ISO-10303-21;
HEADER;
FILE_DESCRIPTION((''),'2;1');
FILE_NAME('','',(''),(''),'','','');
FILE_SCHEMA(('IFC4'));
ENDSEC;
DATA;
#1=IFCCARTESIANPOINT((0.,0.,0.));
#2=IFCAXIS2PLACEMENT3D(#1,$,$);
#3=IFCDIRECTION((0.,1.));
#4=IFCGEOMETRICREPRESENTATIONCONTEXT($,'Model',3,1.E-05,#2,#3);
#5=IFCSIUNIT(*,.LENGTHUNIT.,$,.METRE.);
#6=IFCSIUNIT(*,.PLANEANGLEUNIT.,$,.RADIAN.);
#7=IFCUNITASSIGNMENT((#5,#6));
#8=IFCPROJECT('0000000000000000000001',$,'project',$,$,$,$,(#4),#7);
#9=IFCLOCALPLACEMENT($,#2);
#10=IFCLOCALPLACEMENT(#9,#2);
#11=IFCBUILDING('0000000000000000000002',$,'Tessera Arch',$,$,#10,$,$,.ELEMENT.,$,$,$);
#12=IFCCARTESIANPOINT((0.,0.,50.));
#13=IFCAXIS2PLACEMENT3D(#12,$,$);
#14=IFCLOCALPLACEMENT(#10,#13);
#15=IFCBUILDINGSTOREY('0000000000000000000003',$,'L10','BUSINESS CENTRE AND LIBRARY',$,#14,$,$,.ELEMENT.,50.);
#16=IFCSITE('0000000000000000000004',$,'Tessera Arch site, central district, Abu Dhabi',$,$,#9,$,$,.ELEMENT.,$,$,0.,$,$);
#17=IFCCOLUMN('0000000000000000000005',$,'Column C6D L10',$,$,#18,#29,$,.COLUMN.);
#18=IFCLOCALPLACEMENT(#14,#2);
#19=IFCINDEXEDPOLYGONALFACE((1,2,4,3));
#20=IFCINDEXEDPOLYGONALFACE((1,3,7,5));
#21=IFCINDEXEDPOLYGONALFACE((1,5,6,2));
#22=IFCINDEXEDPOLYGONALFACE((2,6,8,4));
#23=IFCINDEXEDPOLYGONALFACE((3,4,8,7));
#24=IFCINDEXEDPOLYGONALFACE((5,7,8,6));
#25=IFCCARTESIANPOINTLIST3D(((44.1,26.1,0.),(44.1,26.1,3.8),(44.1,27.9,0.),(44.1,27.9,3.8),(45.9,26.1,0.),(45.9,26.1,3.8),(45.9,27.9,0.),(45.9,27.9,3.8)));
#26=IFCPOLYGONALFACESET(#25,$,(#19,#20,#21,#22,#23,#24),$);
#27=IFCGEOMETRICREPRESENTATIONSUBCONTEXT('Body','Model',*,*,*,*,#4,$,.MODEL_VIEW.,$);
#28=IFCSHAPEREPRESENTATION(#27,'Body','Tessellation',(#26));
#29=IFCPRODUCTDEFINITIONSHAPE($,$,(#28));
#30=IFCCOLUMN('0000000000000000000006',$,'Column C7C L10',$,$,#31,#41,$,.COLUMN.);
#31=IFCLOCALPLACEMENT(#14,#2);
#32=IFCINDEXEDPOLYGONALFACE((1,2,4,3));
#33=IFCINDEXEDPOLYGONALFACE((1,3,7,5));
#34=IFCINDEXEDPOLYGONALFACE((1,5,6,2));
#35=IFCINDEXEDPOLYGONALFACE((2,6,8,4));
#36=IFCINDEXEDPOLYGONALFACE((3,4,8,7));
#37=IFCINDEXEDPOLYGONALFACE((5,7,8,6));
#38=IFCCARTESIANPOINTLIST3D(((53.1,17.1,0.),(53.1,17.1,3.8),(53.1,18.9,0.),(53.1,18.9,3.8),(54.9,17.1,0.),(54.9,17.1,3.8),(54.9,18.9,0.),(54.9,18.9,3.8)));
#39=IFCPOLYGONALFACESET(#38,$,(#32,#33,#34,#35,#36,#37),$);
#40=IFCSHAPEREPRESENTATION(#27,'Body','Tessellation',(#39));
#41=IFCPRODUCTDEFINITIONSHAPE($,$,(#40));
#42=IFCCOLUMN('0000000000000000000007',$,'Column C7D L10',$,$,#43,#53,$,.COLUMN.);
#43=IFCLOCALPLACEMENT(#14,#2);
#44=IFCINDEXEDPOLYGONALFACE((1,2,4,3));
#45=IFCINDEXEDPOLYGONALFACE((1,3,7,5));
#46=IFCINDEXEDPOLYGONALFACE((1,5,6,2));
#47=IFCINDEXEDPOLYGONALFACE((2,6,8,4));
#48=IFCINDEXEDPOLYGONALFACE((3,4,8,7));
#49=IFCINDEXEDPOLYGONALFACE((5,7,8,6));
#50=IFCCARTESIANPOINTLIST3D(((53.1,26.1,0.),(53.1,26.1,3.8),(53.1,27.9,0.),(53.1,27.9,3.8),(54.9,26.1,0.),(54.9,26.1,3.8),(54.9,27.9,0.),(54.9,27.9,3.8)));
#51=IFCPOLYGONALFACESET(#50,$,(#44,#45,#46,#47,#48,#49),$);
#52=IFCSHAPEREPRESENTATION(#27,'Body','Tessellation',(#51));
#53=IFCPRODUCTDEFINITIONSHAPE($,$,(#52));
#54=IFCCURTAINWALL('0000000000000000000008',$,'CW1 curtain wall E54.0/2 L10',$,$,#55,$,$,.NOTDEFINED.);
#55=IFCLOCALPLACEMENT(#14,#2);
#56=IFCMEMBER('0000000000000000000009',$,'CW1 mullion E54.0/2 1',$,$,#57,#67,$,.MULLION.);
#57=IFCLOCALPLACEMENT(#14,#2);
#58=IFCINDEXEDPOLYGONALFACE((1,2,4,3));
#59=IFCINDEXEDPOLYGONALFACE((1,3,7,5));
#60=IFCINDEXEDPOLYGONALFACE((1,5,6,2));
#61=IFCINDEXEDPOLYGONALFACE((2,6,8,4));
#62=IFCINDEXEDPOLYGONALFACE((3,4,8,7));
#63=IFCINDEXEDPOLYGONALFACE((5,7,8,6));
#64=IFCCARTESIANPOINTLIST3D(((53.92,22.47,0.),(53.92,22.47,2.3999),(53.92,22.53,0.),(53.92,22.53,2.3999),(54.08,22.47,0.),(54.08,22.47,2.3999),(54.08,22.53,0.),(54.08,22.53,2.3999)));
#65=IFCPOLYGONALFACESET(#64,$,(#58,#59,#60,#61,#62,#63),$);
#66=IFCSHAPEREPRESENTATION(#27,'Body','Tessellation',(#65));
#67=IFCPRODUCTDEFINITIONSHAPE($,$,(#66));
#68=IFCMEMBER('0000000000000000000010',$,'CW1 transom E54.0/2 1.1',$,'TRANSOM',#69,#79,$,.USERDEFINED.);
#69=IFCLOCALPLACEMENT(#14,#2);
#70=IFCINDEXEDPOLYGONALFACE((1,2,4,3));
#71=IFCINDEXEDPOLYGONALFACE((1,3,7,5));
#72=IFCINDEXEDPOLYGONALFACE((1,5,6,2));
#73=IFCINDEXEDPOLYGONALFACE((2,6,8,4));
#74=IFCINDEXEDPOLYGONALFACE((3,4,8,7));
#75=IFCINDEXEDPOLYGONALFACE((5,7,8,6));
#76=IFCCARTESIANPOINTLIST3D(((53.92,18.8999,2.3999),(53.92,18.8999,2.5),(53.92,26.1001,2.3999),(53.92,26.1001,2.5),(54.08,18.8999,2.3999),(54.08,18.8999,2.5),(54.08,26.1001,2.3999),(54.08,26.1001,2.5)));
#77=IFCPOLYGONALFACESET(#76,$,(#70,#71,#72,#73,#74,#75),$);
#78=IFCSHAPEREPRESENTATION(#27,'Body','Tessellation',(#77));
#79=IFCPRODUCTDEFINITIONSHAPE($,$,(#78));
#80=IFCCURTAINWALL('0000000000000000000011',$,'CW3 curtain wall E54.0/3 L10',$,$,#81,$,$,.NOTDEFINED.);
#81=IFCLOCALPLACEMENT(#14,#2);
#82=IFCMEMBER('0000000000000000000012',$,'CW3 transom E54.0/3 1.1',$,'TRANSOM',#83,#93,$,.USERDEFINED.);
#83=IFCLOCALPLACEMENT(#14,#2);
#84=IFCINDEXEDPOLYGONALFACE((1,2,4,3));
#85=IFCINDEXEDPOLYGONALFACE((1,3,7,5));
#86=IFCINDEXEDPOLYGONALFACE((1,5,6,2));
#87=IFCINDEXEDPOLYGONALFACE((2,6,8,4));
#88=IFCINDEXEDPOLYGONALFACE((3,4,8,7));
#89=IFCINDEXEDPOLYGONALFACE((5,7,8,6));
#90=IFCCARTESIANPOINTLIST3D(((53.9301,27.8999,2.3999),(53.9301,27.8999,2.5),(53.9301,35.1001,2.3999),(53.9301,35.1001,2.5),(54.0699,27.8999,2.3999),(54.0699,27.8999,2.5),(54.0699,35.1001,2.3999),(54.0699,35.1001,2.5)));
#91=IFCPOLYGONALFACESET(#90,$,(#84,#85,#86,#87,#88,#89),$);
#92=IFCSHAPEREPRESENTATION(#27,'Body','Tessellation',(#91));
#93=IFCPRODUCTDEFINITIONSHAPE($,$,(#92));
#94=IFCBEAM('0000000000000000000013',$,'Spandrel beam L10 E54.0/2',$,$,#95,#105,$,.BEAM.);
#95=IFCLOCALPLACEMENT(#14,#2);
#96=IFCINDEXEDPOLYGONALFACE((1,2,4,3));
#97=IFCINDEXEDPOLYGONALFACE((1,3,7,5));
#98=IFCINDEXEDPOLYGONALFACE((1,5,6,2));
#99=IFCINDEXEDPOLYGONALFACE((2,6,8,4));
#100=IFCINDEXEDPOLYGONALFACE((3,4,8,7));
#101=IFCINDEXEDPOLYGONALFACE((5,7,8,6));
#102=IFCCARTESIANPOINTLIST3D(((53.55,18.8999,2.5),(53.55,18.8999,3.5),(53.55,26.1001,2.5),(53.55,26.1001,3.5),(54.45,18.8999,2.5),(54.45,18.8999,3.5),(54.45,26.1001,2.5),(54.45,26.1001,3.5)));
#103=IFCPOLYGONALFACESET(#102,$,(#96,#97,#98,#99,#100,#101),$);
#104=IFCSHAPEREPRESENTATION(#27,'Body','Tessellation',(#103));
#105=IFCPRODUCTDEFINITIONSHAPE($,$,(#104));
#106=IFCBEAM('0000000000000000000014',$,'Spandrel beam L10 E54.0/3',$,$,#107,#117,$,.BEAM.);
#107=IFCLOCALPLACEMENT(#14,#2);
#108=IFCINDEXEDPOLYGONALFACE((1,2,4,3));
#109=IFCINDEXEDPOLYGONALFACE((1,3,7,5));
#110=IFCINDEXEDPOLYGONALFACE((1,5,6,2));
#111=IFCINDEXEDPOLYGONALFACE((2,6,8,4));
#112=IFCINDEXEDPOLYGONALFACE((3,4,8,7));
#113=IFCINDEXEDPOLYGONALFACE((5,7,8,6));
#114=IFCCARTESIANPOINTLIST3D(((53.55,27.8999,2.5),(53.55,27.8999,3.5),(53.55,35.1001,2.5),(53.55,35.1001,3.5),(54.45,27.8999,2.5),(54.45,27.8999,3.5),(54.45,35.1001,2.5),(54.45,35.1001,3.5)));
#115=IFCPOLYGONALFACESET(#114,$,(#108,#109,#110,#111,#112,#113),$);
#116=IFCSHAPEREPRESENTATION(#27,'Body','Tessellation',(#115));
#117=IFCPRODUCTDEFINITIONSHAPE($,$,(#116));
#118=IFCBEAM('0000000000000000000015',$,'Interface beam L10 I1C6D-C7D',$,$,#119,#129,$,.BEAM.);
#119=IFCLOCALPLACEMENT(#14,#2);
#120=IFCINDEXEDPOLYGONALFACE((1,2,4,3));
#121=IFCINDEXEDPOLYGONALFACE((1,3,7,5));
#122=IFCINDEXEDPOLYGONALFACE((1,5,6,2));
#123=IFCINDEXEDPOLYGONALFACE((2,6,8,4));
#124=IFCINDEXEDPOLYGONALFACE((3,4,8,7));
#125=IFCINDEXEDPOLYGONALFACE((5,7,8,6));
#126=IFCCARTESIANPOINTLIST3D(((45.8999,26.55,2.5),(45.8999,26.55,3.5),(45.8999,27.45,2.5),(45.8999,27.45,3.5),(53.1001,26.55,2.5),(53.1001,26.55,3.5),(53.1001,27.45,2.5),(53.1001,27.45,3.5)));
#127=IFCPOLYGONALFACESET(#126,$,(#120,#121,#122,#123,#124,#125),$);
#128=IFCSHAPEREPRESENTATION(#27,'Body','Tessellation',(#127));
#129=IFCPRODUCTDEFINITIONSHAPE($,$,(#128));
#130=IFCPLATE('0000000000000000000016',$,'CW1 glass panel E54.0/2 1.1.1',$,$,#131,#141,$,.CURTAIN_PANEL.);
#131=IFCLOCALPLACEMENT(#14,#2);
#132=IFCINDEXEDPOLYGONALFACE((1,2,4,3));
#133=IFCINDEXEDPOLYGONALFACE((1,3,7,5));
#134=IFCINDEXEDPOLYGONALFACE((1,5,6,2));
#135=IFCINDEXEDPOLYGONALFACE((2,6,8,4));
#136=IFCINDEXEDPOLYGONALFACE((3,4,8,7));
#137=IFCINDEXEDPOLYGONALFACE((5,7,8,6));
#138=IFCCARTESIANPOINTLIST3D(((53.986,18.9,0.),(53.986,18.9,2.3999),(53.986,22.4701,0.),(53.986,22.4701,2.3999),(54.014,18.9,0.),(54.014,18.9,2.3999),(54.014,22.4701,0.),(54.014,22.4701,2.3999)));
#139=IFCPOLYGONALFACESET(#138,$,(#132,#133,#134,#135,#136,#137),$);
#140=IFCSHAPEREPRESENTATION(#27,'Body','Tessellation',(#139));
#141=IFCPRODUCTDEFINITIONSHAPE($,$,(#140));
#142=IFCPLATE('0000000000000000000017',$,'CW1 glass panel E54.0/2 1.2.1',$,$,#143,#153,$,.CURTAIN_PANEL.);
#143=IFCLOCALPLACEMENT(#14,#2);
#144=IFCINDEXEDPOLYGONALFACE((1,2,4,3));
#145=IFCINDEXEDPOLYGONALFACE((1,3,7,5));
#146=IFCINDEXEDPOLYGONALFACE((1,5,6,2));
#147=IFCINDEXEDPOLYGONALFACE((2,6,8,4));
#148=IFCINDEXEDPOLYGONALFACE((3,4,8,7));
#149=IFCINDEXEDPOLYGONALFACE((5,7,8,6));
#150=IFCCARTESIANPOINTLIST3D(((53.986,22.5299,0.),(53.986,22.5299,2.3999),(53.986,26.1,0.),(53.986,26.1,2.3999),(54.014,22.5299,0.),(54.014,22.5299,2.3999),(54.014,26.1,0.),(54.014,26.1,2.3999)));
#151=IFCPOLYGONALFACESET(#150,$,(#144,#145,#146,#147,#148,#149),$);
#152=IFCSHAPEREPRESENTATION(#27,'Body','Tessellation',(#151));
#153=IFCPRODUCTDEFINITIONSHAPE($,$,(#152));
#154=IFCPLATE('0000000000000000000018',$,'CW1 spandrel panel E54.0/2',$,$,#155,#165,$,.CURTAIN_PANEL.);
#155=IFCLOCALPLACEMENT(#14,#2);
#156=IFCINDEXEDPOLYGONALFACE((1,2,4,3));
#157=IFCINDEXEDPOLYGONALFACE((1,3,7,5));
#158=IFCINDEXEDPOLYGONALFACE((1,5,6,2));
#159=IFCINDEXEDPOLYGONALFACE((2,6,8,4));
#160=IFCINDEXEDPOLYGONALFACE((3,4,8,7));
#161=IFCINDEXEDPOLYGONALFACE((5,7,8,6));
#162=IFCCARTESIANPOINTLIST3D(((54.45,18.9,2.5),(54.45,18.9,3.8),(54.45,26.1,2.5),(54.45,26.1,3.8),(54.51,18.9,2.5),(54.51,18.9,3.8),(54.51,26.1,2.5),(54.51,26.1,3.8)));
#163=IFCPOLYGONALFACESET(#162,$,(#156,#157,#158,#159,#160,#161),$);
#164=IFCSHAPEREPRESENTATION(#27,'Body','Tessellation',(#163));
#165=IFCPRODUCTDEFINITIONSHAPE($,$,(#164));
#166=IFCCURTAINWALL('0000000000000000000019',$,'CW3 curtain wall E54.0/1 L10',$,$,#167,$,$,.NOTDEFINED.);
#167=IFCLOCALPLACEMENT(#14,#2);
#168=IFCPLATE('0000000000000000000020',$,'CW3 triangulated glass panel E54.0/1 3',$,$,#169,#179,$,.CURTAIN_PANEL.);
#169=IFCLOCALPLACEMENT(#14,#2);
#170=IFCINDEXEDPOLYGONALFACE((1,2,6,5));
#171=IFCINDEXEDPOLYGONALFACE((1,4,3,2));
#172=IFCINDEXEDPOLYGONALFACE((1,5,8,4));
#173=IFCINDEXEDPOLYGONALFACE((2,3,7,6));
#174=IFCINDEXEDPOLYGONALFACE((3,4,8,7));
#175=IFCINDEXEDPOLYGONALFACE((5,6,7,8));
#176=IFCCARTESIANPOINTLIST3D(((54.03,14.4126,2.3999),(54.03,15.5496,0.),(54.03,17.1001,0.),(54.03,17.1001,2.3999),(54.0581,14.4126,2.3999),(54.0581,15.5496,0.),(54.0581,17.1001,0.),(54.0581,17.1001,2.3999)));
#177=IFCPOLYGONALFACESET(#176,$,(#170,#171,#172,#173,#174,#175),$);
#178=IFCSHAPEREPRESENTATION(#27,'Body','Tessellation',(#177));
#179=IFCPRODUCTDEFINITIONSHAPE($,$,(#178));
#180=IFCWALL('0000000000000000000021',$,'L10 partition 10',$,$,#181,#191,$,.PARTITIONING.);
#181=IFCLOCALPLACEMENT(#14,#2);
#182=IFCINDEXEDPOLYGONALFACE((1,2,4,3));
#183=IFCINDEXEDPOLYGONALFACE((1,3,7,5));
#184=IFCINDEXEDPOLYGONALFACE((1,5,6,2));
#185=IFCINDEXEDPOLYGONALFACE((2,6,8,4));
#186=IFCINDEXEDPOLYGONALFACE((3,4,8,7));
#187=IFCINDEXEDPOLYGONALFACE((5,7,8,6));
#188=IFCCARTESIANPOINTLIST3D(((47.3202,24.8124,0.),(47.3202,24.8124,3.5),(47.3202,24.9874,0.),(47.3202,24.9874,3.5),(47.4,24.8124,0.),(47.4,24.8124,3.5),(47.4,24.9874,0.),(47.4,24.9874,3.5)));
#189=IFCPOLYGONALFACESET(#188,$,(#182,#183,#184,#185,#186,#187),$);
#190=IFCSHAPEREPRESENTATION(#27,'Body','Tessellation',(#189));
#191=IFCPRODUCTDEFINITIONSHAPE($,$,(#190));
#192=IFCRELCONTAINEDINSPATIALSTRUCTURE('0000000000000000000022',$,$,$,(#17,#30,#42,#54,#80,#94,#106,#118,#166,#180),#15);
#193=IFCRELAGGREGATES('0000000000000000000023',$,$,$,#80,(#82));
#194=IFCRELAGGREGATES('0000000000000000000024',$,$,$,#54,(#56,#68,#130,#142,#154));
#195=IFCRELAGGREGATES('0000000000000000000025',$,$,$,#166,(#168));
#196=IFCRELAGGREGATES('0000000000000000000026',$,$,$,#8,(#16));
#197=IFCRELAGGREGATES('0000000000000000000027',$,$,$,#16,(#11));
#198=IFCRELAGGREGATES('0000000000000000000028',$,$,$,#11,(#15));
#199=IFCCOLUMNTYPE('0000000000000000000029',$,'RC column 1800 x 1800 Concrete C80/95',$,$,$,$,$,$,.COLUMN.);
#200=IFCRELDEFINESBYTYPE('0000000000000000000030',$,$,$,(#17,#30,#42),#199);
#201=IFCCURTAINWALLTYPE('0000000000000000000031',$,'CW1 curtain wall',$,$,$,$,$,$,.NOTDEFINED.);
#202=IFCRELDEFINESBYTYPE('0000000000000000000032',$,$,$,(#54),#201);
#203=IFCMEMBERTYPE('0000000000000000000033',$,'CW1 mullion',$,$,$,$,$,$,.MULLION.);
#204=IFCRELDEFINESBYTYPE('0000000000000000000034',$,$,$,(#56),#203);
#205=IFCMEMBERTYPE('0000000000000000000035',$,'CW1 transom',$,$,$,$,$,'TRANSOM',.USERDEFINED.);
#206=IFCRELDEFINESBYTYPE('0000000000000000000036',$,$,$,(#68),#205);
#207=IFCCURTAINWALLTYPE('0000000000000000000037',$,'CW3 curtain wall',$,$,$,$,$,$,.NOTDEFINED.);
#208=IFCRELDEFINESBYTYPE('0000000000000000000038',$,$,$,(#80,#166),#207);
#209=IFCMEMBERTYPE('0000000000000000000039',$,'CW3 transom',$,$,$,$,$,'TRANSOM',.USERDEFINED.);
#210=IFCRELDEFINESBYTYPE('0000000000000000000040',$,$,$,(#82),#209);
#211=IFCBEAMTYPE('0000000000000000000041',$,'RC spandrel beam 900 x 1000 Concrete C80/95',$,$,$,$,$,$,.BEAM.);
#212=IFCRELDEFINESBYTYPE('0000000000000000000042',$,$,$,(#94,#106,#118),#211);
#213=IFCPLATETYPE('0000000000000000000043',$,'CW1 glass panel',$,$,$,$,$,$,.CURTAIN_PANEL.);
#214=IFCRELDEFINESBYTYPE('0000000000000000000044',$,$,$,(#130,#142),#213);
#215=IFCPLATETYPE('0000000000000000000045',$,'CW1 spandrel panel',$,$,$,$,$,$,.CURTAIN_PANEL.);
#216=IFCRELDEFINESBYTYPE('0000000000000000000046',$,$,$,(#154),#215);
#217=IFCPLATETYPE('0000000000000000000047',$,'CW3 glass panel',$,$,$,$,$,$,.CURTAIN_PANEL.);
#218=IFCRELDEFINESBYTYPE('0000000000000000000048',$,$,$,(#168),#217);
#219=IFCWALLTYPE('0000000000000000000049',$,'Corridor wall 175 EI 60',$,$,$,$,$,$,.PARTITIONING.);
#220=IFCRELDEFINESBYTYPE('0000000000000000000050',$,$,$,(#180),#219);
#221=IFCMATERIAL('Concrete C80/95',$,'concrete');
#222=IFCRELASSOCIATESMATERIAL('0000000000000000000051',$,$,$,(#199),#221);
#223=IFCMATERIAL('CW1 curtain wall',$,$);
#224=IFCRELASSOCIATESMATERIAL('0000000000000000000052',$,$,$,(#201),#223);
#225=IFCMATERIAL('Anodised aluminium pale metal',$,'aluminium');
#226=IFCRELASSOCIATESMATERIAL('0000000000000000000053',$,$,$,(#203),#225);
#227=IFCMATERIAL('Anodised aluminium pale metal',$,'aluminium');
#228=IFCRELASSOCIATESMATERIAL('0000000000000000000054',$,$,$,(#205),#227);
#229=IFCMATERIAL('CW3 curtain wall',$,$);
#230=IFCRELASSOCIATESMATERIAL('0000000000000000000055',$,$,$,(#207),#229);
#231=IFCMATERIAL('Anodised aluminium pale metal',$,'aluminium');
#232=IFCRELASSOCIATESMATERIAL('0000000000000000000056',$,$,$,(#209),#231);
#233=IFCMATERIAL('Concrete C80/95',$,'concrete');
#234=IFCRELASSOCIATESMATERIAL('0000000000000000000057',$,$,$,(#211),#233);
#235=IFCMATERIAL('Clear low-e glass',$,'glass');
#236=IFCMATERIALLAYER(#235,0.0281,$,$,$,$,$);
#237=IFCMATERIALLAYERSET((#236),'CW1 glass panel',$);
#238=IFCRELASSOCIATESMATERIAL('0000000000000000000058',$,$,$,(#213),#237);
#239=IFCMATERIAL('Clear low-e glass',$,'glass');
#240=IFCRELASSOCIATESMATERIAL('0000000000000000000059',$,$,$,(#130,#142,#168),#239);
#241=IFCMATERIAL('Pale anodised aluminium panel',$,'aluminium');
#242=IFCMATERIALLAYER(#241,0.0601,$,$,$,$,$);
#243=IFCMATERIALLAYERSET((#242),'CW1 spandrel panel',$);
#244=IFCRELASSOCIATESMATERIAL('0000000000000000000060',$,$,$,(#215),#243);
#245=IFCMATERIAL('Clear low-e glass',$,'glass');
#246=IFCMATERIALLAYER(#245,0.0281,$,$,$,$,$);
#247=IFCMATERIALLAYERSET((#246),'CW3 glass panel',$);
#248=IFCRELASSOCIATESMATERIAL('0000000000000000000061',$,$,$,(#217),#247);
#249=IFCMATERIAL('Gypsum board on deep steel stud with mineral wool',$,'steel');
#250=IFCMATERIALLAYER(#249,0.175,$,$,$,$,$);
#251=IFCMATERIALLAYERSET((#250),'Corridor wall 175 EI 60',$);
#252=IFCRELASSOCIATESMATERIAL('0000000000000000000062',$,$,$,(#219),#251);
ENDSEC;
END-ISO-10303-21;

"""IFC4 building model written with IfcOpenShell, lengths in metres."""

from ifc_helpers import new_model, si_unit, direction, frame, frame_2d, origin, origin_2d, place, context, subcontext, project, spatial, polyline, rectangle, outline, extrude, material, layer, layer_set, material_profile, profile_set, type_object, element, aggregate, save


model = new_model("IFC4")

# Units and contexts
model_context = context("Model", 3, precision=1e-05, world=origin(), true_north=direction((0.0, 1.0)))
body_context = subcontext(model_context, "Body", "Model", "MODEL_VIEW")
ifc_project = project(units=[si_unit("LENGTHUNIT", "METRE"), si_unit("PLANEANGLEUNIT", "RADIAN")], contexts=[model_context])

# Site, building, storey
site_placement = place(None, origin())
site = spatial("IfcSite", under=ifc_project, at=site_placement, Name="Tessera Arch site, central district, Abu Dhabi", CompositionType="ELEMENT", RefElevation=0.0)
building_placement = place(site_placement, origin())
building = spatial("IfcBuilding", under=site, at=building_placement, Name="Tessera Arch", CompositionType="ELEMENT")
storey_placement = place(building_placement, frame((0.0, 0.0, 50.0)))
storey = spatial("IfcBuildingStorey", under=building, at=storey_placement, Name="L10", Description="BUSINESS CENTRE AND LIBRARY", CompositionType="ELEMENT", Elevation=50.0)

# Columns
ifc_material_1 = material(Name="Concrete C80/95", Category="concrete")
ifc_material_profile_1 = material_profile(ifc_material_1, rectangle(XDim=1.8, YDim=1.8, at=origin_2d()), Name="RC column 1800 x 1800 Concrete C80/95")
ifc_profile_set_1 = profile_set([ifc_material_profile_1], Name="Concrete C80/95")
column_type = type_object("IfcColumnType", Name="RC column 1800 x 1800 Concrete C80/95", PredefinedType="COLUMN", material=ifc_profile_set_1)
for number, where, z_axis, x_axis, name in (
    (1, (45.0, 27.0, 0.0), (0.0, 0.0, 1.0), (1.0, 0.0, 0.0), "Column C6D L10"),
    (2, (54.0, 18.0, 0.0), (0.0, 0.0, 1.0), (1.0, 0.0, 0.0), "Column C7C L10"),
    (3, (54.0, 27.0, 0.0), (0.0, 0.0, 1.0), (1.0, 0.0, 0.0), "Column C7D L10"),
):
    element("IfcColumn", number, at=place(storey_placement, frame(where, z_axis=z_axis, x_axis=x_axis)), inside=storey, type_object=column_type, Name=name, PredefinedType="COLUMN", context=body_context, shape_type="SweptSolid", body=[
        extrude(rectangle(XDim=1.8, YDim=1.8, at=origin_2d()), origin(), (0.0, 0.0, 1.0), 3.8),
    ])

# Curtain wall, members
ifc_material_2 = material(Name="CW1 curtain wall")
curtain_wall_type_1 = type_object("IfcCurtainWallType", Name="CW1 curtain wall", PredefinedType="NOTDEFINED", material=ifc_material_2)
curtain_wall_1_placement = place(storey_placement, origin())
curtain_wall_1 = element("IfcCurtainWall", 4, at=curtain_wall_1_placement, inside=storey, type_object=curtain_wall_type_1, Name="CW1 curtain wall E54.0/2 L10", PredefinedType="NOTDEFINED")
ifc_material_3 = material(Name="Anodised aluminium pale metal", Category="aluminium")
ifc_material_profile_2 = material_profile(ifc_material_3, rectangle(XDim=0.1599, YDim=0.0601, at=origin_2d()), Name="AL 60x160")
ifc_profile_set_2 = profile_set([ifc_material_profile_2], Name="Anodised aluminium pale metal")
member_type_1 = type_object("IfcMemberType", Name="CW1 mullion", PredefinedType="MULLION", material=ifc_profile_set_2)
member_1_placement = place(storey_placement, frame((54.0, 22.5, 0.0), z_axis=(0.0, 0.0, 1.0), x_axis=(-1.0, 0.0, 0.0)))
member_1 = element("IfcMember", 5, at=member_1_placement, type_object=member_type_1, Name="CW1 mullion E54.0/2 1", PredefinedType="MULLION", context=body_context, shape_type="SweptSolid", body=[
    extrude(rectangle(XDim=0.1599, YDim=0.0601, at=origin_2d()), origin(), (0.0, 0.0, 1.0), 2.3999),
])
ifc_material_4 = material(Name="Anodised aluminium pale metal", Category="aluminium")
ifc_material_profile_3 = material_profile(ifc_material_4, rectangle(XDim=0.1599, YDim=0.1001, at=origin_2d()), Name="AL 160x100")
ifc_profile_set_3 = profile_set([ifc_material_profile_3], Name="Anodised aluminium pale metal")
member_type_2 = type_object("IfcMemberType", Name="CW1 transom", ElementType="TRANSOM", PredefinedType="USERDEFINED", material=ifc_profile_set_3)
member_2_placement = place(storey_placement, frame((54.0, 18.8999, 2.45), z_axis=(0.0, 1.0, 0.0), x_axis=(-1.0, 0.0, 0.0)))
member_2 = element("IfcMember", 6, at=member_2_placement, type_object=member_type_2, Name="CW1 transom E54.0/2 1.1", ObjectType="TRANSOM", PredefinedType="USERDEFINED", context=body_context, shape_type="SweptSolid", body=[
    extrude(rectangle(XDim=0.1599, YDim=0.1001, at=origin_2d()), origin(), (0.0, 0.0, 1.0), 7.2002),
])

# Curtain wall, member
ifc_material_5 = material(Name="CW3 curtain wall")
curtain_wall_type_2 = type_object("IfcCurtainWallType", Name="CW3 curtain wall", PredefinedType="NOTDEFINED", material=ifc_material_5)
curtain_wall_2_placement = place(storey_placement, origin())
curtain_wall_2 = element("IfcCurtainWall", 7, at=curtain_wall_2_placement, inside=storey, type_object=curtain_wall_type_2, Name="CW3 curtain wall E54.0/3 L10", PredefinedType="NOTDEFINED")
ifc_material_6 = material(Name="Anodised aluminium pale metal", Category="aluminium")
ifc_material_profile_4 = material_profile(ifc_material_6, rectangle(XDim=0.1399, YDim=0.1001, at=origin_2d()), Name="AL 140x100")
ifc_profile_set_4 = profile_set([ifc_material_profile_4], Name="Anodised aluminium pale metal")
member_type_3 = type_object("IfcMemberType", Name="CW3 transom", ElementType="TRANSOM", PredefinedType="USERDEFINED", material=ifc_profile_set_4)
member_3_placement = place(storey_placement, frame((54.0, 27.8999, 2.45), z_axis=(0.0, 1.0, 0.0), x_axis=(-1.0, 0.0, 0.0)))
member_3 = element("IfcMember", 8, at=member_3_placement, type_object=member_type_3, Name="CW3 transom E54.0/3 1.1", ObjectType="TRANSOM", PredefinedType="USERDEFINED", context=body_context, shape_type="SweptSolid", body=[
    extrude(rectangle(XDim=0.1399, YDim=0.1001, at=origin_2d()), origin(), (0.0, 0.0, 1.0), 7.2002),
])
aggregate(curtain_wall_2, [member_3])

# Beams
ifc_material_7 = material(Name="Concrete C80/95", Category="concrete")
ifc_material_profile_5 = material_profile(ifc_material_7, rectangle(XDim=0.8999, YDim=1.0, at=origin_2d()), Name="RC spandrel beam 900 x 1000 Concrete C80/95")
ifc_profile_set_5 = profile_set([ifc_material_profile_5], Name="Concrete C80/95")
beam_type = type_object("IfcBeamType", Name="RC spandrel beam 900 x 1000 Concrete C80/95", PredefinedType="BEAM", material=ifc_profile_set_5)
for number, where, z_axis, x_axis, name in (
    (9, (54.0, 18.8999, 3.0), (0.0, 1.0, 0.0), (-1.0, 0.0, 0.0), "Spandrel beam L10 E54.0/2"),
    (10, (54.0, 27.8999, 3.0), (0.0, 1.0, 0.0), (-1.0, 0.0, 0.0), "Spandrel beam L10 E54.0/3"),
    (11, (45.8999, 27.0, 3.0), (1.0, 0.0, 0.0), (0.0, 1.0, 0.0), "Interface beam L10 I1C6D-C7D"),
):
    element("IfcBeam", number, at=place(storey_placement, frame(where, z_axis=z_axis, x_axis=x_axis)), inside=storey, type_object=beam_type, Name=name, PredefinedType="BEAM", context=body_context, shape_type="SweptSolid", body=[
        extrude(rectangle(XDim=0.8999, YDim=1.0, at=origin_2d()), origin(), (0.0, 0.0, 1.0), 7.2002),
    ])

# Plates
ifc_material_8 = material(Name="Clear low-e glass", Category="glass")
ifc_material_9 = material(Name="Clear low-e glass", Category="glass")
ifc_layer_1 = layer(ifc_material_9, 0.0281)
ifc_layer_set_1 = layer_set([ifc_layer_1], Name="CW1 glass panel")
plate_type_1 = type_object("IfcPlateType", Name="CW1 glass panel", PredefinedType="CURTAIN_PANEL", material=ifc_layer_set_1)
plate_1_placement = place(storey_placement, frame((54.0, 20.6851, 0.0), z_axis=(0.0, 0.0, 1.0), x_axis=(0.0, 1.0, 0.0)))
plate_1 = element("IfcPlate", 12, at=plate_1_placement, type_object=plate_type_1, material=ifc_material_8, Name="CW1 glass panel E54.0/2 1.1.1", PredefinedType="CURTAIN_PANEL", context=body_context, shape_type="SweptSolid", body=[
    extrude(rectangle(XDim=3.5701, YDim=0.0281, at=origin_2d()), origin(), (0.0, 0.0, 1.0), 2.3999),
])
plate_2_placement = place(storey_placement, frame((54.0, 24.3149, 0.0), z_axis=(0.0, 0.0, 1.0), x_axis=(0.0, 1.0, 0.0)))
plate_2 = element("IfcPlate", 13, at=plate_2_placement, type_object=plate_type_1, material=ifc_material_8, Name="CW1 glass panel E54.0/2 1.2.1", PredefinedType="CURTAIN_PANEL", context=body_context, shape_type="SweptSolid", body=[
    extrude(rectangle(XDim=3.5701, YDim=0.0281, at=origin_2d()), origin(), (0.0, 0.0, 1.0), 2.3999),
])
ifc_material_10 = material(Name="Pale anodised aluminium panel", Category="aluminium")
ifc_layer_2 = layer(ifc_material_10, 0.0601)
ifc_layer_set_2 = layer_set([ifc_layer_2], Name="CW1 spandrel panel")
plate_type_2 = type_object("IfcPlateType", Name="CW1 spandrel panel", PredefinedType="CURTAIN_PANEL", material=ifc_layer_set_2)
plate_3_placement = place(storey_placement, frame((54.48, 22.5, 2.5), z_axis=(0.0, 0.0, 1.0), x_axis=(0.0, 1.0, 0.0)))
plate_3 = element("IfcPlate", 14, at=plate_3_placement, type_object=plate_type_2, Name="CW1 spandrel panel E54.0/2", PredefinedType="CURTAIN_PANEL", context=body_context, shape_type="SweptSolid", body=[
    extrude(rectangle(XDim=7.2, YDim=0.0601, at=origin_2d()), origin(), (0.0, 0.0, 1.0), 1.3),
])
aggregate(curtain_wall_1, [member_1, member_2, plate_1, plate_2, plate_3])

# Curtain wall, plate
curtain_wall_3_placement = place(storey_placement, origin())
curtain_wall_3 = element("IfcCurtainWall", 15, at=curtain_wall_3_placement, inside=storey, type_object=curtain_wall_type_2, Name="CW3 curtain wall E54.0/1 L10", PredefinedType="NOTDEFINED")
ifc_material_11 = material(Name="Clear low-e glass", Category="glass")
ifc_layer_3 = layer(ifc_material_11, 0.0281)
ifc_layer_set_3 = layer_set([ifc_layer_3], Name="CW3 glass panel")
plate_type_3 = type_object("IfcPlateType", Name="CW3 glass panel", PredefinedType="CURTAIN_PANEL", material=ifc_layer_set_3)
plate_4_placement = place(storey_placement, frame((54.0581, 17.1001, 2.3999), z_axis=(1.0, 0.0, 0.0), x_axis=(0.0, -1.0, 0.0)))
plate_4 = element("IfcPlate", 16, at=plate_4_placement, type_object=plate_type_3, material=ifc_material_8, Name="CW3 triangulated glass panel E54.0/1 3", PredefinedType="CURTAIN_PANEL", context=body_context, shape_type="SweptSolid", body=[
    extrude(outline(polyline([(0.0, 0.0), (2.6875, 0.0), (1.5505, 2.3999), (0.0, 2.3999), (0.0, 0.0)])), origin(), (0.0, 0.0, -1.0), 0.0281),
])
aggregate(curtain_wall_3, [plate_4])

# Wall
ifc_material_12 = material(Name="Gypsum board on deep steel stud with mineral wool", Category="steel")
ifc_layer_4 = layer(ifc_material_12, 0.175)
ifc_layer_set_4 = layer_set([ifc_layer_4], Name="Corridor wall 175 EI 60")
wall_type_1 = type_object("IfcWallType", Name="Corridor wall 175 EI 60", PredefinedType="PARTITIONING", material=ifc_layer_set_4)
wall_1_placement = place(storey_placement, frame((47.3201, 24.8999, 0.0), z_axis=(0.0, 0.0, 1.0), x_axis=(1.0, 0.0, 0.0)))
element("IfcWall", 17, at=wall_1_placement, inside=storey, type_object=wall_type_1, Name="L10 partition 10", PredefinedType="PARTITIONING", context=body_context, shape_type="SweptSolid", body=[
    extrude(rectangle(XDim=0.0798, YDim=0.175, at=frame_2d((0.04, 0.0))), origin(), (0.0, 0.0, 1.0), 3.5),
])

save(model, "model.ifc")
